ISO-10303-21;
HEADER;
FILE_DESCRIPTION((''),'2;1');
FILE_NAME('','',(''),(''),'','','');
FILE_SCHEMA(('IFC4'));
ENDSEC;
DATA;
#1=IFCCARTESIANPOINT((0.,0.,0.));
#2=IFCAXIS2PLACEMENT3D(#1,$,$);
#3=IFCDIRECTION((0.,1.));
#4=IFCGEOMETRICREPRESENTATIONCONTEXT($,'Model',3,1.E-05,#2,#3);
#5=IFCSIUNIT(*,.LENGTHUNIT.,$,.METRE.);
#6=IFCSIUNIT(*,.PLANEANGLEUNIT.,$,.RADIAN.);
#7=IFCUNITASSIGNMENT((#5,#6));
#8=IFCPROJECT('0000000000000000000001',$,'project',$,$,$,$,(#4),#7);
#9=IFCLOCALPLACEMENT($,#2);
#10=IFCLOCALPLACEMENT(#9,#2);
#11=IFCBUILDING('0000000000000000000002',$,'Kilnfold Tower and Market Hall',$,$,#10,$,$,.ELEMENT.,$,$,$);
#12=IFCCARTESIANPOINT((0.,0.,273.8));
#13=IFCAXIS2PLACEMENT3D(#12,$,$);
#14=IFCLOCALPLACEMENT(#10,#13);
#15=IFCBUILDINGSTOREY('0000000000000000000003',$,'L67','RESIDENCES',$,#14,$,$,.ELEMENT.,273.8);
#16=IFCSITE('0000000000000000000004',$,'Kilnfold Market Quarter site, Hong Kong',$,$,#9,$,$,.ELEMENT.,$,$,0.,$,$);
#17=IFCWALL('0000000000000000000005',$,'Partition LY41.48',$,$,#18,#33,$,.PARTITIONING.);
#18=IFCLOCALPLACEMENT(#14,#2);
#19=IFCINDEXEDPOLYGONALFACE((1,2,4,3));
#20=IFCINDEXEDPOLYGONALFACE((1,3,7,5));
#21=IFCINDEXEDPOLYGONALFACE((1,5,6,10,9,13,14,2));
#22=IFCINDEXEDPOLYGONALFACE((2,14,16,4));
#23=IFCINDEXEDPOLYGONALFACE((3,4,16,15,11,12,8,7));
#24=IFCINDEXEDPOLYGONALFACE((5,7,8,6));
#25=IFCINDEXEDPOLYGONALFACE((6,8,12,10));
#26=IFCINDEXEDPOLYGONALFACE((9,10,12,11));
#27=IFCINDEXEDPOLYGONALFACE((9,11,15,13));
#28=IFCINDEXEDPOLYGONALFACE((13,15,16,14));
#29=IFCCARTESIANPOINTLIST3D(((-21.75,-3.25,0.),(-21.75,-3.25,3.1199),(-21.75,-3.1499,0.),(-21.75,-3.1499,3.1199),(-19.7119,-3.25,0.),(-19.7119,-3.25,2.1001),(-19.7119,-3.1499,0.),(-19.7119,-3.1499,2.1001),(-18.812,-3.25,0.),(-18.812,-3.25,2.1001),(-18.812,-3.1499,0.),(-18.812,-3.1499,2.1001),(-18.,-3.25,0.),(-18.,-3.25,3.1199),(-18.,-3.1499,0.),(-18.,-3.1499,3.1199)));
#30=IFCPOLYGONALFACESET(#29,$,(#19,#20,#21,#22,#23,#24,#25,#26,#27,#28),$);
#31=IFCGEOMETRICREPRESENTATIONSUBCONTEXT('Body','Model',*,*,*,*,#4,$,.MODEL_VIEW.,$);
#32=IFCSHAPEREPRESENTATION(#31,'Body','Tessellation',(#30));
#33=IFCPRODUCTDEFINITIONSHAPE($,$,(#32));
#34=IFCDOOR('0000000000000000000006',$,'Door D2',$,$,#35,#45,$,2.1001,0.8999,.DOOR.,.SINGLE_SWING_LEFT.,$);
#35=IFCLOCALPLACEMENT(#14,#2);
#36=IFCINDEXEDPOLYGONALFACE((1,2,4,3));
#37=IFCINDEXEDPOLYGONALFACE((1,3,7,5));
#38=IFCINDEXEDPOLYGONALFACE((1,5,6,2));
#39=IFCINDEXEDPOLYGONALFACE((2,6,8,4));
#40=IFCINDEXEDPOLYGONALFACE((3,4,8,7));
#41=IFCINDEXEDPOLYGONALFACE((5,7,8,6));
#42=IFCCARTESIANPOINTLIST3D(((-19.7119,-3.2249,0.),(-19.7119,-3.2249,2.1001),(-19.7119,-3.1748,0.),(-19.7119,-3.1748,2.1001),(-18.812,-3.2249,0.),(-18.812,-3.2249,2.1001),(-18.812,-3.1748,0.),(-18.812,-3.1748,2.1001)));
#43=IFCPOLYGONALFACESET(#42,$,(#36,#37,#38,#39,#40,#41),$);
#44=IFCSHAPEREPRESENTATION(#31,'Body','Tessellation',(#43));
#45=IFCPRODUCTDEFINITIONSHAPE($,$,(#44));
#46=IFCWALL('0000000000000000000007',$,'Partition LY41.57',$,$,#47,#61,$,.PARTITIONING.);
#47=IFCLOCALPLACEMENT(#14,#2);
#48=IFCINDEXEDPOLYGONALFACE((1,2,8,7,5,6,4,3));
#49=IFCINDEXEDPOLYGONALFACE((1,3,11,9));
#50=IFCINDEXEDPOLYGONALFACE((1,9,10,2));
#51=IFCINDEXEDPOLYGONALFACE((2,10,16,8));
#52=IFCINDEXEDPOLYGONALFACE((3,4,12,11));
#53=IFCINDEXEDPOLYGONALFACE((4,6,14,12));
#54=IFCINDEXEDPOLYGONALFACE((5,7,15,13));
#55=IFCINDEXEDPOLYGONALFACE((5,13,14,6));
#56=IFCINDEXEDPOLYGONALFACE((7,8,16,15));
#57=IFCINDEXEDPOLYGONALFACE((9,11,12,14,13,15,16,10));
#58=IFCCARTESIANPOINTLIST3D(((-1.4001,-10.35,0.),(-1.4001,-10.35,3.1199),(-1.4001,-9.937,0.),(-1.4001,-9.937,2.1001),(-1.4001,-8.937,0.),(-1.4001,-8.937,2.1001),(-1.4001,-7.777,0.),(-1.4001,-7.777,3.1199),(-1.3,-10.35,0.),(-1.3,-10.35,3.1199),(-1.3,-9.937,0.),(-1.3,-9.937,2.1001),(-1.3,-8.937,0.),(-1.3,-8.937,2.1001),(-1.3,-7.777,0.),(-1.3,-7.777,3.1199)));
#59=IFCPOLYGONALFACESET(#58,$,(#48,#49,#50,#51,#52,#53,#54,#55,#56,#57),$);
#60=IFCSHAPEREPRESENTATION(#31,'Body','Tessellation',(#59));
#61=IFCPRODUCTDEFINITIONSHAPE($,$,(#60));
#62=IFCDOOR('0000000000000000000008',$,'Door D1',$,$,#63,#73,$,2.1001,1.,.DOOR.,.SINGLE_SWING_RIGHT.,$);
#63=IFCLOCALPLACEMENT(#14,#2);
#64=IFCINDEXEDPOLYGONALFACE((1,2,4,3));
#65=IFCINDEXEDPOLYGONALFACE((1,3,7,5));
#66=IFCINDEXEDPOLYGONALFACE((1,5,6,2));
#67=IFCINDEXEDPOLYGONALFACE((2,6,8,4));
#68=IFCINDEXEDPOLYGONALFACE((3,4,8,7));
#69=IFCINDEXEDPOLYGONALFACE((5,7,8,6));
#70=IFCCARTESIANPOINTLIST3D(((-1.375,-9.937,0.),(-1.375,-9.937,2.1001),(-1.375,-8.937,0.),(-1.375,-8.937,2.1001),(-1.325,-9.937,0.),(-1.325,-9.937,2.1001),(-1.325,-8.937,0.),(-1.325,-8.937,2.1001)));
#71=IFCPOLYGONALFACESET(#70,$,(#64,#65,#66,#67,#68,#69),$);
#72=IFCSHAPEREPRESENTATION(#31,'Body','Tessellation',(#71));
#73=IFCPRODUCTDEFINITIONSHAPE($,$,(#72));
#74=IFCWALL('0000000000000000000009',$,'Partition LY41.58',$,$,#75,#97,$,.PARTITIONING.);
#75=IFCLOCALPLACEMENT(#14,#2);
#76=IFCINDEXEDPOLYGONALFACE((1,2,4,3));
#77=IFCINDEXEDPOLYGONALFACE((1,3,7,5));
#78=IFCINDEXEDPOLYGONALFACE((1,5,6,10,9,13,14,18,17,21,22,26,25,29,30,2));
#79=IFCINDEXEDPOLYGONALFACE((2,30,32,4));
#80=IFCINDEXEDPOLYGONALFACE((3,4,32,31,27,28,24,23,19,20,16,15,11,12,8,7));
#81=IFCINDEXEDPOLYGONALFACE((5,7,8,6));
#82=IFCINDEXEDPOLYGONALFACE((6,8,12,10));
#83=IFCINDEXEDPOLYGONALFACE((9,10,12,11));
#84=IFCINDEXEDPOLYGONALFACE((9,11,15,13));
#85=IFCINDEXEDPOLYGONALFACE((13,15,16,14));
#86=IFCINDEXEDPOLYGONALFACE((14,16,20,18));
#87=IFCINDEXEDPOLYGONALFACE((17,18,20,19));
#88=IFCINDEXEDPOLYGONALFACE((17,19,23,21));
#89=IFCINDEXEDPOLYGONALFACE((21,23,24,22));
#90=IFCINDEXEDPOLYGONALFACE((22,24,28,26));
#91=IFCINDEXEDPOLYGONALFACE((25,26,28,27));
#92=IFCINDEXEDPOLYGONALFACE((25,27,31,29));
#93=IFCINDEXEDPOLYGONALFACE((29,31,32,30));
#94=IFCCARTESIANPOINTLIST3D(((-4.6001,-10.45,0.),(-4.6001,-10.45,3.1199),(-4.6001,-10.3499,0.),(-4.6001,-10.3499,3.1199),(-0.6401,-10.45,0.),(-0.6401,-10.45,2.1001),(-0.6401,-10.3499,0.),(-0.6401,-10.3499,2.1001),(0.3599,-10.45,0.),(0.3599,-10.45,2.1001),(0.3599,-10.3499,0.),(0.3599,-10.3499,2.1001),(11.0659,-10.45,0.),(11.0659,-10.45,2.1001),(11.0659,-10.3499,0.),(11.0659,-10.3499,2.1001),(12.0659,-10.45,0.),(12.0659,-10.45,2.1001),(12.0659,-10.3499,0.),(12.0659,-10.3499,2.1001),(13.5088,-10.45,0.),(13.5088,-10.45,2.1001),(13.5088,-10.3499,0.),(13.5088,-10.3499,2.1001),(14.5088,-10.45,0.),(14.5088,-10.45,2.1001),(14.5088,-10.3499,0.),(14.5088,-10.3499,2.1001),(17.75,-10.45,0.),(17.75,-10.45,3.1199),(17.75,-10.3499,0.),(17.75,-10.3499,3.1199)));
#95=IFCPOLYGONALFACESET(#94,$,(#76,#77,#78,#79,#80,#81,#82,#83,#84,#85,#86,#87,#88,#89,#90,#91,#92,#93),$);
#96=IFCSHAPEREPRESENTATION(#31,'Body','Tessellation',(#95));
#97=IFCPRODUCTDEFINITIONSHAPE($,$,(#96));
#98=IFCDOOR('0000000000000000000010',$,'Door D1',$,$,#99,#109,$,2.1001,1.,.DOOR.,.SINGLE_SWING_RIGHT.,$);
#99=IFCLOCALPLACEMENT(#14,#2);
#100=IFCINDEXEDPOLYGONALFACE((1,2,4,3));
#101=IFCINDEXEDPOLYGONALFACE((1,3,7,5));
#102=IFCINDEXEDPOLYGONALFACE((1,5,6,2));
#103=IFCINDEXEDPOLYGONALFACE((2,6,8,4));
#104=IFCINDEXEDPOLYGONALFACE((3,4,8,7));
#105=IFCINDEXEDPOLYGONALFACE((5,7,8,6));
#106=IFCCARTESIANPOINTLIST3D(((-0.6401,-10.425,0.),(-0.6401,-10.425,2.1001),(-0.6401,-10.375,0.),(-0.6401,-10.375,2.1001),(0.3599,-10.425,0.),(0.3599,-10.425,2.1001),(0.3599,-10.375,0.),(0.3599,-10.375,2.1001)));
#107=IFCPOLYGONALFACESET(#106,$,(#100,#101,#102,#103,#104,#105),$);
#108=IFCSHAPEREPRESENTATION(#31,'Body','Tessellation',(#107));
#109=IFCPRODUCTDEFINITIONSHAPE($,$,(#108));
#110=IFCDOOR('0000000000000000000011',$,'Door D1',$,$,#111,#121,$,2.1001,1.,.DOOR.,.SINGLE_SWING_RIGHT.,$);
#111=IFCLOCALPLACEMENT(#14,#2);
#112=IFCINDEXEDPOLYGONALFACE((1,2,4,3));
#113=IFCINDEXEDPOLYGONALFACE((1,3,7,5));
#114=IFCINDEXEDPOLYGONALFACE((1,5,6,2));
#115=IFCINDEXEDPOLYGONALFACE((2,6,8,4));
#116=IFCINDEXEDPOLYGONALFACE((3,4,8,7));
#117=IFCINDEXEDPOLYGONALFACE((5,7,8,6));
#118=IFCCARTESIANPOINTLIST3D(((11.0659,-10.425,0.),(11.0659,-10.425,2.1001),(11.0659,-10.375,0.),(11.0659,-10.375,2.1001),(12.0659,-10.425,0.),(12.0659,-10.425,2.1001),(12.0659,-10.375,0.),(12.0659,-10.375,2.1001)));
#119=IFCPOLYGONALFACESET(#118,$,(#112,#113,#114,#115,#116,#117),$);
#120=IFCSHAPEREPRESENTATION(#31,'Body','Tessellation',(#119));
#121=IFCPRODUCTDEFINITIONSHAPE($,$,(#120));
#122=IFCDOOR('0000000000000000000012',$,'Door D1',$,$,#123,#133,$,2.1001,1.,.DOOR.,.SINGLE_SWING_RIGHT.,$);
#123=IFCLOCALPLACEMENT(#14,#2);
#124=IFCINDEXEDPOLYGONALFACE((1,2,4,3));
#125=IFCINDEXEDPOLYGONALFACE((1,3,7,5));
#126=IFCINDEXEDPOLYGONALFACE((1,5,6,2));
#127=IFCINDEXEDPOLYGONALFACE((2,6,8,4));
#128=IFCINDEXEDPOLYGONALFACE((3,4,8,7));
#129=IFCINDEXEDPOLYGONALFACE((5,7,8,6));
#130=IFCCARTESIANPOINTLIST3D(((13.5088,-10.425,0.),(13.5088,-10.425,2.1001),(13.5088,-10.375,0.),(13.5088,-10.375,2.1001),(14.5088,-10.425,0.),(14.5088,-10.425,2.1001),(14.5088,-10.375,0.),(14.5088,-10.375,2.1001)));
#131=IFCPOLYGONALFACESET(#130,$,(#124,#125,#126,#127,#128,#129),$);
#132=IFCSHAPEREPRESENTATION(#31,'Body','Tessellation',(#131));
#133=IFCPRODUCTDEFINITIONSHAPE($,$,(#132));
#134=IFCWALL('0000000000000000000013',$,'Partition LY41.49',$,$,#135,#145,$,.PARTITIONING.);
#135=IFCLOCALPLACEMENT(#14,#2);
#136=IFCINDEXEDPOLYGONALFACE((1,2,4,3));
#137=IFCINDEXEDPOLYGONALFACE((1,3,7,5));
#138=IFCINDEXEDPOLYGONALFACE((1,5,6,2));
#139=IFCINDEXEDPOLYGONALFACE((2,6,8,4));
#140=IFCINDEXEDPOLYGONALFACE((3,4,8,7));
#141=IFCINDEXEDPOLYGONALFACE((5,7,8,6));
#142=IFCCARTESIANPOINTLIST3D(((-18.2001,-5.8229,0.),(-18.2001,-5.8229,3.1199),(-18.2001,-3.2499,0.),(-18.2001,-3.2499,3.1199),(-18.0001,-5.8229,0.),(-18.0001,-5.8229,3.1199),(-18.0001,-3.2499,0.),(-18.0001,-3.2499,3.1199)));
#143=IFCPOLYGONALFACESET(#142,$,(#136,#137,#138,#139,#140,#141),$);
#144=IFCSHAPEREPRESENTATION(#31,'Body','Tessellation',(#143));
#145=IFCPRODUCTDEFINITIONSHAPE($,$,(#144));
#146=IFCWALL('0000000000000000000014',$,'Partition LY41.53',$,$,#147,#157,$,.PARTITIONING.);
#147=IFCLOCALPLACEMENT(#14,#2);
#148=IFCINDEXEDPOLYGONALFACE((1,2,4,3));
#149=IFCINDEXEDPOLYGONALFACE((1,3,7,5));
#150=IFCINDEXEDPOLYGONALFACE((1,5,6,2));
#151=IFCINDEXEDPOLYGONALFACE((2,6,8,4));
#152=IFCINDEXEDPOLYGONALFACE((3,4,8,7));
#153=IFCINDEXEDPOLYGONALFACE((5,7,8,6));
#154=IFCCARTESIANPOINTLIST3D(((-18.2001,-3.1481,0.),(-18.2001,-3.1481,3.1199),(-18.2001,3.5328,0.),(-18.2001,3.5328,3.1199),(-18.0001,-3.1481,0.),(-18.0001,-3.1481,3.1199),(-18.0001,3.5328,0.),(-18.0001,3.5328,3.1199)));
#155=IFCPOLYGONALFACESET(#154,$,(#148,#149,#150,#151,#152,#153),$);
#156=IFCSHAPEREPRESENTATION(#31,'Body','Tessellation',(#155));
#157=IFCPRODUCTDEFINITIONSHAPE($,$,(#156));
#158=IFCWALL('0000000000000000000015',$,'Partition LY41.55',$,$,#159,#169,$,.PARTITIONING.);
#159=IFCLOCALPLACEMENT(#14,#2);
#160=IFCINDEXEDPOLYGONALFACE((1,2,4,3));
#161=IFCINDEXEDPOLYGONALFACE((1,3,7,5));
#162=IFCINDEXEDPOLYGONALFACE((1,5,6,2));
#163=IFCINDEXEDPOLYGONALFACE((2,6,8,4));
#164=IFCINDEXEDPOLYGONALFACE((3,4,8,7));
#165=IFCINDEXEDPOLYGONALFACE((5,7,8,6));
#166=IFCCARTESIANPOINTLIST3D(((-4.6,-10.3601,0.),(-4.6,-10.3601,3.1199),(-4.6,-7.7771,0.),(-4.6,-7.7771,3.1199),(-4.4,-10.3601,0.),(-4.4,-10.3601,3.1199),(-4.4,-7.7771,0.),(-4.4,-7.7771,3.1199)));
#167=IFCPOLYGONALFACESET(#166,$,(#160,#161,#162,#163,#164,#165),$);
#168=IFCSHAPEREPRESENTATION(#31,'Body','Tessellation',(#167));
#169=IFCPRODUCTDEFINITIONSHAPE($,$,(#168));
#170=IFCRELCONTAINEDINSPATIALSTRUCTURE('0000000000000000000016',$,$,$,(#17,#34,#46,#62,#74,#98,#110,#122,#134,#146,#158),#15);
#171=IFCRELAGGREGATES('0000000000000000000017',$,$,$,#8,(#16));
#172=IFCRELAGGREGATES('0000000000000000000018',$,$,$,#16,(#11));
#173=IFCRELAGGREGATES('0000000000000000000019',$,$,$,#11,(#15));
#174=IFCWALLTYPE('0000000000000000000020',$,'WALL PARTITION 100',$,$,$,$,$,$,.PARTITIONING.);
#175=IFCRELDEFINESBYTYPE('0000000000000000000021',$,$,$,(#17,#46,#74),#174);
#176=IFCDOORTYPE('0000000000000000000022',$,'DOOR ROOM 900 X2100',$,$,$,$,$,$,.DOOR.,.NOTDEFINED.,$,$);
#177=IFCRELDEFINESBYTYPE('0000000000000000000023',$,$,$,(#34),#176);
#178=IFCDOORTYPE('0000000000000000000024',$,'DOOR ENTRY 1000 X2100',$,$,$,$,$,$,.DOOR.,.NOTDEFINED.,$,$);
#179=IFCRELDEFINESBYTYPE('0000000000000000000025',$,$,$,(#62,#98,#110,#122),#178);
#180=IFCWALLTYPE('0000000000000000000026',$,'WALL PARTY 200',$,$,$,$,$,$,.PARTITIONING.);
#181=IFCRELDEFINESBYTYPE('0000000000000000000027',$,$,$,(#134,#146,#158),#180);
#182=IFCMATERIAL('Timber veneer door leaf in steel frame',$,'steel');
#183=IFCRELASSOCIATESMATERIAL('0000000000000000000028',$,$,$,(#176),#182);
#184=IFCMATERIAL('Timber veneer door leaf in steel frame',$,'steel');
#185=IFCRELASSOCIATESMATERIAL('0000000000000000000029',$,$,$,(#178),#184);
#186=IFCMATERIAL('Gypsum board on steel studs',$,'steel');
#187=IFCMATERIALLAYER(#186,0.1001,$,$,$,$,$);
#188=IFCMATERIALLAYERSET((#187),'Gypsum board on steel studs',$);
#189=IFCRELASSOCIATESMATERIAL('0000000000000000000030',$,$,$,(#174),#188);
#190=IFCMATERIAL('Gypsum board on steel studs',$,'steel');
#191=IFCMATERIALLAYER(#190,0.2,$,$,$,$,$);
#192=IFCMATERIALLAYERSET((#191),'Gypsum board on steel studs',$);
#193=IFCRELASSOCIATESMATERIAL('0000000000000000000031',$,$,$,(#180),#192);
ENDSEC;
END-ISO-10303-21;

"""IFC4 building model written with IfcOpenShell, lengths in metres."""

from ifc_helpers import new_model, si_unit, direction, frame, frame_2d, origin, place, context, subcontext, project, spatial, rectangle, extrude, material, layer, layer_set, type_object, element, fill, save


model = new_model("IFC4")

# Units and contexts
model_context = context("Model", 3, precision=1e-05, world=origin(), true_north=direction((0.0, 1.0)))
body_context = subcontext(model_context, "Body", "Model", "MODEL_VIEW")
ifc_project = project(units=[si_unit("LENGTHUNIT", "METRE"), si_unit("PLANEANGLEUNIT", "RADIAN")], contexts=[model_context])

# Site, building, storey
site_placement = place(None, origin())
site = spatial("IfcSite", under=ifc_project, at=site_placement, Name="Kilnfold Market Quarter site, Hong Kong", CompositionType="ELEMENT", RefElevation=0.0)
building_placement = place(site_placement, origin())
building = spatial("IfcBuilding", under=site, at=building_placement, Name="Kilnfold Tower and Market Hall", CompositionType="ELEMENT")
storey_placement = place(building_placement, frame((0.0, 0.0, 273.8)))
storey = spatial("IfcBuildingStorey", under=building, at=storey_placement, Name="L67", Description="RESIDENCES", CompositionType="ELEMENT", Elevation=273.8)

# Shared definitions
ifc_material_1 = material(Name="Timber veneer door leaf in steel frame", Category="steel")
door_type_1 = type_object("IfcDoorType", Name="DOOR ROOM 900 X2100", OperationType="NOTDEFINED", PredefinedType="DOOR", material=ifc_material_1)

# Shared definitions
ifc_material_2 = material(Name="Timber veneer door leaf in steel frame", Category="steel")
door_type_2 = type_object("IfcDoorType", Name="DOOR ENTRY 1000 X2100", OperationType="NOTDEFINED", PredefinedType="DOOR", material=ifc_material_2)

# Walls, openings, doors
ifc_material_3 = material(Name="Gypsum board on steel studs", Category="steel")
ifc_layer_1 = layer(ifc_material_3, 0.1001)
ifc_layer_set_1 = layer_set([ifc_layer_1], Name="Gypsum board on steel studs")
wall_type_1 = type_object("IfcWallType", Name="WALL PARTITION 100", PredefinedType="PARTITIONING", material=ifc_layer_set_1)
wall_1_placement = place(storey_placement, frame((-18.0, -3.2, 0.0), z_axis=(0.0, 0.0, 1.0), x_axis=(-1.0, 0.0, 0.0)))
wall_1 = element("IfcWall", 1, at=wall_1_placement, inside=storey, type_object=wall_type_1, Name="Partition LY41.48", PredefinedType="PARTITIONING", context=body_context, shape_type="SweptSolid", body=[
    extrude(rectangle(XDim=3.75, YDim=0.1001, at=frame_2d((1.875, 0.0))), origin(), (0.0, 0.0, 1.0), 3.1199),
])
opening_1_placement = place(wall_1_placement, frame((0.812, 0.0, 0.0)))
opening_1 = element("IfcOpeningElement", 2, at=opening_1_placement, cuts=wall_1, PredefinedType="OPENING", context=body_context, shape_type="SweptSolid", body=[
    extrude(rectangle(XDim=0.8999, YDim=2.1001, at=frame_2d((0.45, 1.05))), frame((0.0, 0.0601, 0.0), z_axis=(0.0, -1.0, 0.0), x_axis=(1.0, 0.0, 0.0)), (0.0, 0.0, 1.0), 0.1201),
])
door_1_placement = place(opening_1_placement, origin())
door_1 = element("IfcDoor", 3, at=door_1_placement, inside=storey, type_object=door_type_1, Name="Door D2", OperationType="SINGLE_SWING_LEFT", OverallHeight=2.1001, OverallWidth=0.8999, PredefinedType="DOOR", context=body_context, shape_type="SweptSolid", body=[
    extrude(rectangle(XDim=0.8999, YDim=2.1001, at=frame_2d((0.45, 1.05))), frame((0.0, 0.0249, 0.0), z_axis=(0.0, -1.0, 0.0), x_axis=(1.0, 0.0, 0.0)), (0.0, 0.0, 1.0), 0.05),
])
fill(opening_1, door_1)
wall_2_placement = place(storey_placement, frame((-1.3501, -10.3501, 0.0), z_axis=(0.0, 0.0, 1.0), x_axis=(0.0, 1.0, 0.0)))
wall_2 = element("IfcWall", 4, at=wall_2_placement, inside=storey, type_object=wall_type_1, Name="Partition LY41.57", PredefinedType="PARTITIONING", context=body_context, shape_type="SweptSolid", body=[
    extrude(rectangle(XDim=2.573, YDim=0.1001, at=frame_2d((1.2866, 0.0))), origin(), (0.0, 0.0, 1.0), 3.1199),
])
opening_2_placement = place(wall_2_placement, frame((0.4131, 0.0, 0.0)))
opening_2 = element("IfcOpeningElement", 5, at=opening_2_placement, cuts=wall_2, PredefinedType="OPENING", context=body_context, shape_type="SweptSolid", body=[
    extrude(rectangle(XDim=1.0, YDim=2.1001, at=frame_2d((0.5, 1.05))), frame((0.0, 0.0601, 0.0), z_axis=(0.0, -1.0, 0.0), x_axis=(1.0, 0.0, 0.0)), (0.0, 0.0, 1.0), 0.1201),
])
door_2_placement = place(opening_2_placement, origin())
door_2 = element("IfcDoor", 6, at=door_2_placement, inside=storey, type_object=door_type_2, Name="Door D1", OperationType="SINGLE_SWING_RIGHT", OverallHeight=2.1001, OverallWidth=1.0, PredefinedType="DOOR", context=body_context, shape_type="SweptSolid", body=[
    extrude(rectangle(XDim=1.0, YDim=2.1001, at=frame_2d((0.5, 1.05))), frame((0.0, 0.0249, 0.0), z_axis=(0.0, -1.0, 0.0), x_axis=(1.0, 0.0, 0.0)), (0.0, 0.0, 1.0), 0.05),
])
fill(opening_2, door_2)

# Wall, openings, doors
wall_3_placement = place(storey_placement, frame((-4.6001, -10.3999, 0.0), z_axis=(0.0, 0.0, 1.0), x_axis=(1.0, 0.0, 0.0)))
wall_3 = element("IfcWall", 7, at=wall_3_placement, inside=storey, type_object=wall_type_1, Name="Partition LY41.58", PredefinedType="PARTITIONING", context=body_context, shape_type="SweptSolid", body=[
    extrude(rectangle(XDim=22.3501, YDim=0.1001, at=frame_2d((11.175, 0.0))), origin(), (0.0, 0.0, 1.0), 3.1199),
])
opening_3_placement = place(wall_3_placement, frame((3.96, 0.0, 0.0)))
opening_3 = element("IfcOpeningElement", 8, at=opening_3_placement, cuts=wall_3, PredefinedType="OPENING", context=body_context, shape_type="SweptSolid", body=[
    extrude(rectangle(XDim=1.0, YDim=2.1001, at=frame_2d((0.5, 1.05))), frame((0.0, 0.0601, 0.0), z_axis=(0.0, -1.0, 0.0), x_axis=(1.0, 0.0, 0.0)), (0.0, 0.0, 1.0), 0.1201),
])
opening_4_placement = place(wall_3_placement, frame((15.666, 0.0, 0.0)))
opening_4 = element("IfcOpeningElement", 9, at=opening_4_placement, cuts=wall_3, PredefinedType="OPENING", context=body_context, shape_type="SweptSolid", body=[
    extrude(rectangle(XDim=1.0, YDim=2.1001, at=frame_2d((0.5, 1.05))), frame((0.0, 0.0601, 0.0), z_axis=(0.0, -1.0, 0.0), x_axis=(1.0, 0.0, 0.0)), (0.0, 0.0, 1.0), 0.1201),
])
opening_5_placement = place(wall_3_placement, frame((18.1089, 0.0, 0.0)))
opening_5 = element("IfcOpeningElement", 10, at=opening_5_placement, cuts=wall_3, PredefinedType="OPENING", context=body_context, shape_type="SweptSolid", body=[
    extrude(rectangle(XDim=1.0, YDim=2.1001, at=frame_2d((0.5, 1.05))), frame((0.0, 0.0601, 0.0), z_axis=(0.0, -1.0, 0.0), x_axis=(1.0, 0.0, 0.0)), (0.0, 0.0, 1.0), 0.1201),
])
door_3_placement = place(opening_3_placement, origin())
door_3 = element("IfcDoor", 11, at=door_3_placement, inside=storey, type_object=door_type_2, Name="Door D1", OperationType="SINGLE_SWING_RIGHT", OverallHeight=2.1001, OverallWidth=1.0, PredefinedType="DOOR", context=body_context, shape_type="SweptSolid", body=[
    extrude(rectangle(XDim=1.0, YDim=2.1001, at=frame_2d((0.5, 1.05))), frame((0.0, 0.0249, 0.0), z_axis=(0.0, -1.0, 0.0), x_axis=(1.0, 0.0, 0.0)), (0.0, 0.0, 1.0), 0.05),
])
fill(opening_3, door_3)
door_4_placement = place(opening_4_placement, origin())
door_4 = element("IfcDoor", 12, at=door_4_placement, inside=storey, type_object=door_type_2, Name="Door D1", OperationType="SINGLE_SWING_RIGHT", OverallHeight=2.1001, OverallWidth=1.0, PredefinedType="DOOR", context=body_context, shape_type="SweptSolid", body=[
    extrude(rectangle(XDim=1.0, YDim=2.1001, at=frame_2d((0.5, 1.05))), frame((0.0, 0.0249, 0.0), z_axis=(0.0, -1.0, 0.0), x_axis=(1.0, 0.0, 0.0)), (0.0, 0.0, 1.0), 0.05),
])
fill(opening_4, door_4)
door_5_placement = place(opening_5_placement, origin())
door_5 = element("IfcDoor", 13, at=door_5_placement, inside=storey, type_object=door_type_2, Name="Door D1", OperationType="SINGLE_SWING_RIGHT", OverallHeight=2.1001, OverallWidth=1.0, PredefinedType="DOOR", context=body_context, shape_type="SweptSolid", body=[
    extrude(rectangle(XDim=1.0, YDim=2.1001, at=frame_2d((0.5, 1.05))), frame((0.0, 0.0249, 0.0), z_axis=(0.0, -1.0, 0.0), x_axis=(1.0, 0.0, 0.0)), (0.0, 0.0, 1.0), 0.05),
])
fill(opening_5, door_5)

# Walls
ifc_material_4 = material(Name="Gypsum board on steel studs", Category="steel")
ifc_layer_2 = layer(ifc_material_4, 0.2)
ifc_layer_set_2 = layer_set([ifc_layer_2], Name="Gypsum board on steel studs")
wall_type_2 = type_object("IfcWallType", Name="WALL PARTY 200", PredefinedType="PARTITIONING", material=ifc_layer_set_2)
wall_4_placement = place(storey_placement, frame((-18.1001, -5.823, 0.0), z_axis=(0.0, 0.0, 1.0), x_axis=(0.0, 1.0, 0.0)))
element("IfcWall", 14, at=wall_4_placement, inside=storey, type_object=wall_type_2, Name="Partition LY41.49", PredefinedType="PARTITIONING", context=body_context, shape_type="SweptSolid", body=[
    extrude(rectangle(XDim=2.573, YDim=0.2, at=frame_2d((1.2866, 0.0))), origin(), (0.0, 0.0, 1.0), 3.1199),
])
wall_5_placement = place(storey_placement, frame((-18.1001, -3.1479, 0.0), z_axis=(0.0, 0.0, 1.0), x_axis=(0.0, 1.0, 0.0)))
element("IfcWall", 15, at=wall_5_placement, inside=storey, type_object=wall_type_2, Name="Partition LY41.53", PredefinedType="PARTITIONING", context=body_context, shape_type="SweptSolid", body=[
    extrude(rectangle(XDim=6.6809, YDim=0.2, at=frame_2d((3.3403, 0.0))), origin(), (0.0, 0.0, 1.0), 3.1199),
])
wall_6_placement = place(storey_placement, frame((-4.5, -10.3601, 0.0), z_axis=(0.0, 0.0, 1.0), x_axis=(0.0, 1.0, 0.0)))
element("IfcWall", 16, at=wall_6_placement, inside=storey, type_object=wall_type_2, Name="Partition LY41.55", PredefinedType="PARTITIONING", context=body_context, shape_type="SweptSolid", body=[
    extrude(rectangle(XDim=2.583, YDim=0.2, at=frame_2d((1.2915, 0.0))), origin(), (0.0, 0.0, 1.0), 3.1199),
])

save(model, "model.ifc")
